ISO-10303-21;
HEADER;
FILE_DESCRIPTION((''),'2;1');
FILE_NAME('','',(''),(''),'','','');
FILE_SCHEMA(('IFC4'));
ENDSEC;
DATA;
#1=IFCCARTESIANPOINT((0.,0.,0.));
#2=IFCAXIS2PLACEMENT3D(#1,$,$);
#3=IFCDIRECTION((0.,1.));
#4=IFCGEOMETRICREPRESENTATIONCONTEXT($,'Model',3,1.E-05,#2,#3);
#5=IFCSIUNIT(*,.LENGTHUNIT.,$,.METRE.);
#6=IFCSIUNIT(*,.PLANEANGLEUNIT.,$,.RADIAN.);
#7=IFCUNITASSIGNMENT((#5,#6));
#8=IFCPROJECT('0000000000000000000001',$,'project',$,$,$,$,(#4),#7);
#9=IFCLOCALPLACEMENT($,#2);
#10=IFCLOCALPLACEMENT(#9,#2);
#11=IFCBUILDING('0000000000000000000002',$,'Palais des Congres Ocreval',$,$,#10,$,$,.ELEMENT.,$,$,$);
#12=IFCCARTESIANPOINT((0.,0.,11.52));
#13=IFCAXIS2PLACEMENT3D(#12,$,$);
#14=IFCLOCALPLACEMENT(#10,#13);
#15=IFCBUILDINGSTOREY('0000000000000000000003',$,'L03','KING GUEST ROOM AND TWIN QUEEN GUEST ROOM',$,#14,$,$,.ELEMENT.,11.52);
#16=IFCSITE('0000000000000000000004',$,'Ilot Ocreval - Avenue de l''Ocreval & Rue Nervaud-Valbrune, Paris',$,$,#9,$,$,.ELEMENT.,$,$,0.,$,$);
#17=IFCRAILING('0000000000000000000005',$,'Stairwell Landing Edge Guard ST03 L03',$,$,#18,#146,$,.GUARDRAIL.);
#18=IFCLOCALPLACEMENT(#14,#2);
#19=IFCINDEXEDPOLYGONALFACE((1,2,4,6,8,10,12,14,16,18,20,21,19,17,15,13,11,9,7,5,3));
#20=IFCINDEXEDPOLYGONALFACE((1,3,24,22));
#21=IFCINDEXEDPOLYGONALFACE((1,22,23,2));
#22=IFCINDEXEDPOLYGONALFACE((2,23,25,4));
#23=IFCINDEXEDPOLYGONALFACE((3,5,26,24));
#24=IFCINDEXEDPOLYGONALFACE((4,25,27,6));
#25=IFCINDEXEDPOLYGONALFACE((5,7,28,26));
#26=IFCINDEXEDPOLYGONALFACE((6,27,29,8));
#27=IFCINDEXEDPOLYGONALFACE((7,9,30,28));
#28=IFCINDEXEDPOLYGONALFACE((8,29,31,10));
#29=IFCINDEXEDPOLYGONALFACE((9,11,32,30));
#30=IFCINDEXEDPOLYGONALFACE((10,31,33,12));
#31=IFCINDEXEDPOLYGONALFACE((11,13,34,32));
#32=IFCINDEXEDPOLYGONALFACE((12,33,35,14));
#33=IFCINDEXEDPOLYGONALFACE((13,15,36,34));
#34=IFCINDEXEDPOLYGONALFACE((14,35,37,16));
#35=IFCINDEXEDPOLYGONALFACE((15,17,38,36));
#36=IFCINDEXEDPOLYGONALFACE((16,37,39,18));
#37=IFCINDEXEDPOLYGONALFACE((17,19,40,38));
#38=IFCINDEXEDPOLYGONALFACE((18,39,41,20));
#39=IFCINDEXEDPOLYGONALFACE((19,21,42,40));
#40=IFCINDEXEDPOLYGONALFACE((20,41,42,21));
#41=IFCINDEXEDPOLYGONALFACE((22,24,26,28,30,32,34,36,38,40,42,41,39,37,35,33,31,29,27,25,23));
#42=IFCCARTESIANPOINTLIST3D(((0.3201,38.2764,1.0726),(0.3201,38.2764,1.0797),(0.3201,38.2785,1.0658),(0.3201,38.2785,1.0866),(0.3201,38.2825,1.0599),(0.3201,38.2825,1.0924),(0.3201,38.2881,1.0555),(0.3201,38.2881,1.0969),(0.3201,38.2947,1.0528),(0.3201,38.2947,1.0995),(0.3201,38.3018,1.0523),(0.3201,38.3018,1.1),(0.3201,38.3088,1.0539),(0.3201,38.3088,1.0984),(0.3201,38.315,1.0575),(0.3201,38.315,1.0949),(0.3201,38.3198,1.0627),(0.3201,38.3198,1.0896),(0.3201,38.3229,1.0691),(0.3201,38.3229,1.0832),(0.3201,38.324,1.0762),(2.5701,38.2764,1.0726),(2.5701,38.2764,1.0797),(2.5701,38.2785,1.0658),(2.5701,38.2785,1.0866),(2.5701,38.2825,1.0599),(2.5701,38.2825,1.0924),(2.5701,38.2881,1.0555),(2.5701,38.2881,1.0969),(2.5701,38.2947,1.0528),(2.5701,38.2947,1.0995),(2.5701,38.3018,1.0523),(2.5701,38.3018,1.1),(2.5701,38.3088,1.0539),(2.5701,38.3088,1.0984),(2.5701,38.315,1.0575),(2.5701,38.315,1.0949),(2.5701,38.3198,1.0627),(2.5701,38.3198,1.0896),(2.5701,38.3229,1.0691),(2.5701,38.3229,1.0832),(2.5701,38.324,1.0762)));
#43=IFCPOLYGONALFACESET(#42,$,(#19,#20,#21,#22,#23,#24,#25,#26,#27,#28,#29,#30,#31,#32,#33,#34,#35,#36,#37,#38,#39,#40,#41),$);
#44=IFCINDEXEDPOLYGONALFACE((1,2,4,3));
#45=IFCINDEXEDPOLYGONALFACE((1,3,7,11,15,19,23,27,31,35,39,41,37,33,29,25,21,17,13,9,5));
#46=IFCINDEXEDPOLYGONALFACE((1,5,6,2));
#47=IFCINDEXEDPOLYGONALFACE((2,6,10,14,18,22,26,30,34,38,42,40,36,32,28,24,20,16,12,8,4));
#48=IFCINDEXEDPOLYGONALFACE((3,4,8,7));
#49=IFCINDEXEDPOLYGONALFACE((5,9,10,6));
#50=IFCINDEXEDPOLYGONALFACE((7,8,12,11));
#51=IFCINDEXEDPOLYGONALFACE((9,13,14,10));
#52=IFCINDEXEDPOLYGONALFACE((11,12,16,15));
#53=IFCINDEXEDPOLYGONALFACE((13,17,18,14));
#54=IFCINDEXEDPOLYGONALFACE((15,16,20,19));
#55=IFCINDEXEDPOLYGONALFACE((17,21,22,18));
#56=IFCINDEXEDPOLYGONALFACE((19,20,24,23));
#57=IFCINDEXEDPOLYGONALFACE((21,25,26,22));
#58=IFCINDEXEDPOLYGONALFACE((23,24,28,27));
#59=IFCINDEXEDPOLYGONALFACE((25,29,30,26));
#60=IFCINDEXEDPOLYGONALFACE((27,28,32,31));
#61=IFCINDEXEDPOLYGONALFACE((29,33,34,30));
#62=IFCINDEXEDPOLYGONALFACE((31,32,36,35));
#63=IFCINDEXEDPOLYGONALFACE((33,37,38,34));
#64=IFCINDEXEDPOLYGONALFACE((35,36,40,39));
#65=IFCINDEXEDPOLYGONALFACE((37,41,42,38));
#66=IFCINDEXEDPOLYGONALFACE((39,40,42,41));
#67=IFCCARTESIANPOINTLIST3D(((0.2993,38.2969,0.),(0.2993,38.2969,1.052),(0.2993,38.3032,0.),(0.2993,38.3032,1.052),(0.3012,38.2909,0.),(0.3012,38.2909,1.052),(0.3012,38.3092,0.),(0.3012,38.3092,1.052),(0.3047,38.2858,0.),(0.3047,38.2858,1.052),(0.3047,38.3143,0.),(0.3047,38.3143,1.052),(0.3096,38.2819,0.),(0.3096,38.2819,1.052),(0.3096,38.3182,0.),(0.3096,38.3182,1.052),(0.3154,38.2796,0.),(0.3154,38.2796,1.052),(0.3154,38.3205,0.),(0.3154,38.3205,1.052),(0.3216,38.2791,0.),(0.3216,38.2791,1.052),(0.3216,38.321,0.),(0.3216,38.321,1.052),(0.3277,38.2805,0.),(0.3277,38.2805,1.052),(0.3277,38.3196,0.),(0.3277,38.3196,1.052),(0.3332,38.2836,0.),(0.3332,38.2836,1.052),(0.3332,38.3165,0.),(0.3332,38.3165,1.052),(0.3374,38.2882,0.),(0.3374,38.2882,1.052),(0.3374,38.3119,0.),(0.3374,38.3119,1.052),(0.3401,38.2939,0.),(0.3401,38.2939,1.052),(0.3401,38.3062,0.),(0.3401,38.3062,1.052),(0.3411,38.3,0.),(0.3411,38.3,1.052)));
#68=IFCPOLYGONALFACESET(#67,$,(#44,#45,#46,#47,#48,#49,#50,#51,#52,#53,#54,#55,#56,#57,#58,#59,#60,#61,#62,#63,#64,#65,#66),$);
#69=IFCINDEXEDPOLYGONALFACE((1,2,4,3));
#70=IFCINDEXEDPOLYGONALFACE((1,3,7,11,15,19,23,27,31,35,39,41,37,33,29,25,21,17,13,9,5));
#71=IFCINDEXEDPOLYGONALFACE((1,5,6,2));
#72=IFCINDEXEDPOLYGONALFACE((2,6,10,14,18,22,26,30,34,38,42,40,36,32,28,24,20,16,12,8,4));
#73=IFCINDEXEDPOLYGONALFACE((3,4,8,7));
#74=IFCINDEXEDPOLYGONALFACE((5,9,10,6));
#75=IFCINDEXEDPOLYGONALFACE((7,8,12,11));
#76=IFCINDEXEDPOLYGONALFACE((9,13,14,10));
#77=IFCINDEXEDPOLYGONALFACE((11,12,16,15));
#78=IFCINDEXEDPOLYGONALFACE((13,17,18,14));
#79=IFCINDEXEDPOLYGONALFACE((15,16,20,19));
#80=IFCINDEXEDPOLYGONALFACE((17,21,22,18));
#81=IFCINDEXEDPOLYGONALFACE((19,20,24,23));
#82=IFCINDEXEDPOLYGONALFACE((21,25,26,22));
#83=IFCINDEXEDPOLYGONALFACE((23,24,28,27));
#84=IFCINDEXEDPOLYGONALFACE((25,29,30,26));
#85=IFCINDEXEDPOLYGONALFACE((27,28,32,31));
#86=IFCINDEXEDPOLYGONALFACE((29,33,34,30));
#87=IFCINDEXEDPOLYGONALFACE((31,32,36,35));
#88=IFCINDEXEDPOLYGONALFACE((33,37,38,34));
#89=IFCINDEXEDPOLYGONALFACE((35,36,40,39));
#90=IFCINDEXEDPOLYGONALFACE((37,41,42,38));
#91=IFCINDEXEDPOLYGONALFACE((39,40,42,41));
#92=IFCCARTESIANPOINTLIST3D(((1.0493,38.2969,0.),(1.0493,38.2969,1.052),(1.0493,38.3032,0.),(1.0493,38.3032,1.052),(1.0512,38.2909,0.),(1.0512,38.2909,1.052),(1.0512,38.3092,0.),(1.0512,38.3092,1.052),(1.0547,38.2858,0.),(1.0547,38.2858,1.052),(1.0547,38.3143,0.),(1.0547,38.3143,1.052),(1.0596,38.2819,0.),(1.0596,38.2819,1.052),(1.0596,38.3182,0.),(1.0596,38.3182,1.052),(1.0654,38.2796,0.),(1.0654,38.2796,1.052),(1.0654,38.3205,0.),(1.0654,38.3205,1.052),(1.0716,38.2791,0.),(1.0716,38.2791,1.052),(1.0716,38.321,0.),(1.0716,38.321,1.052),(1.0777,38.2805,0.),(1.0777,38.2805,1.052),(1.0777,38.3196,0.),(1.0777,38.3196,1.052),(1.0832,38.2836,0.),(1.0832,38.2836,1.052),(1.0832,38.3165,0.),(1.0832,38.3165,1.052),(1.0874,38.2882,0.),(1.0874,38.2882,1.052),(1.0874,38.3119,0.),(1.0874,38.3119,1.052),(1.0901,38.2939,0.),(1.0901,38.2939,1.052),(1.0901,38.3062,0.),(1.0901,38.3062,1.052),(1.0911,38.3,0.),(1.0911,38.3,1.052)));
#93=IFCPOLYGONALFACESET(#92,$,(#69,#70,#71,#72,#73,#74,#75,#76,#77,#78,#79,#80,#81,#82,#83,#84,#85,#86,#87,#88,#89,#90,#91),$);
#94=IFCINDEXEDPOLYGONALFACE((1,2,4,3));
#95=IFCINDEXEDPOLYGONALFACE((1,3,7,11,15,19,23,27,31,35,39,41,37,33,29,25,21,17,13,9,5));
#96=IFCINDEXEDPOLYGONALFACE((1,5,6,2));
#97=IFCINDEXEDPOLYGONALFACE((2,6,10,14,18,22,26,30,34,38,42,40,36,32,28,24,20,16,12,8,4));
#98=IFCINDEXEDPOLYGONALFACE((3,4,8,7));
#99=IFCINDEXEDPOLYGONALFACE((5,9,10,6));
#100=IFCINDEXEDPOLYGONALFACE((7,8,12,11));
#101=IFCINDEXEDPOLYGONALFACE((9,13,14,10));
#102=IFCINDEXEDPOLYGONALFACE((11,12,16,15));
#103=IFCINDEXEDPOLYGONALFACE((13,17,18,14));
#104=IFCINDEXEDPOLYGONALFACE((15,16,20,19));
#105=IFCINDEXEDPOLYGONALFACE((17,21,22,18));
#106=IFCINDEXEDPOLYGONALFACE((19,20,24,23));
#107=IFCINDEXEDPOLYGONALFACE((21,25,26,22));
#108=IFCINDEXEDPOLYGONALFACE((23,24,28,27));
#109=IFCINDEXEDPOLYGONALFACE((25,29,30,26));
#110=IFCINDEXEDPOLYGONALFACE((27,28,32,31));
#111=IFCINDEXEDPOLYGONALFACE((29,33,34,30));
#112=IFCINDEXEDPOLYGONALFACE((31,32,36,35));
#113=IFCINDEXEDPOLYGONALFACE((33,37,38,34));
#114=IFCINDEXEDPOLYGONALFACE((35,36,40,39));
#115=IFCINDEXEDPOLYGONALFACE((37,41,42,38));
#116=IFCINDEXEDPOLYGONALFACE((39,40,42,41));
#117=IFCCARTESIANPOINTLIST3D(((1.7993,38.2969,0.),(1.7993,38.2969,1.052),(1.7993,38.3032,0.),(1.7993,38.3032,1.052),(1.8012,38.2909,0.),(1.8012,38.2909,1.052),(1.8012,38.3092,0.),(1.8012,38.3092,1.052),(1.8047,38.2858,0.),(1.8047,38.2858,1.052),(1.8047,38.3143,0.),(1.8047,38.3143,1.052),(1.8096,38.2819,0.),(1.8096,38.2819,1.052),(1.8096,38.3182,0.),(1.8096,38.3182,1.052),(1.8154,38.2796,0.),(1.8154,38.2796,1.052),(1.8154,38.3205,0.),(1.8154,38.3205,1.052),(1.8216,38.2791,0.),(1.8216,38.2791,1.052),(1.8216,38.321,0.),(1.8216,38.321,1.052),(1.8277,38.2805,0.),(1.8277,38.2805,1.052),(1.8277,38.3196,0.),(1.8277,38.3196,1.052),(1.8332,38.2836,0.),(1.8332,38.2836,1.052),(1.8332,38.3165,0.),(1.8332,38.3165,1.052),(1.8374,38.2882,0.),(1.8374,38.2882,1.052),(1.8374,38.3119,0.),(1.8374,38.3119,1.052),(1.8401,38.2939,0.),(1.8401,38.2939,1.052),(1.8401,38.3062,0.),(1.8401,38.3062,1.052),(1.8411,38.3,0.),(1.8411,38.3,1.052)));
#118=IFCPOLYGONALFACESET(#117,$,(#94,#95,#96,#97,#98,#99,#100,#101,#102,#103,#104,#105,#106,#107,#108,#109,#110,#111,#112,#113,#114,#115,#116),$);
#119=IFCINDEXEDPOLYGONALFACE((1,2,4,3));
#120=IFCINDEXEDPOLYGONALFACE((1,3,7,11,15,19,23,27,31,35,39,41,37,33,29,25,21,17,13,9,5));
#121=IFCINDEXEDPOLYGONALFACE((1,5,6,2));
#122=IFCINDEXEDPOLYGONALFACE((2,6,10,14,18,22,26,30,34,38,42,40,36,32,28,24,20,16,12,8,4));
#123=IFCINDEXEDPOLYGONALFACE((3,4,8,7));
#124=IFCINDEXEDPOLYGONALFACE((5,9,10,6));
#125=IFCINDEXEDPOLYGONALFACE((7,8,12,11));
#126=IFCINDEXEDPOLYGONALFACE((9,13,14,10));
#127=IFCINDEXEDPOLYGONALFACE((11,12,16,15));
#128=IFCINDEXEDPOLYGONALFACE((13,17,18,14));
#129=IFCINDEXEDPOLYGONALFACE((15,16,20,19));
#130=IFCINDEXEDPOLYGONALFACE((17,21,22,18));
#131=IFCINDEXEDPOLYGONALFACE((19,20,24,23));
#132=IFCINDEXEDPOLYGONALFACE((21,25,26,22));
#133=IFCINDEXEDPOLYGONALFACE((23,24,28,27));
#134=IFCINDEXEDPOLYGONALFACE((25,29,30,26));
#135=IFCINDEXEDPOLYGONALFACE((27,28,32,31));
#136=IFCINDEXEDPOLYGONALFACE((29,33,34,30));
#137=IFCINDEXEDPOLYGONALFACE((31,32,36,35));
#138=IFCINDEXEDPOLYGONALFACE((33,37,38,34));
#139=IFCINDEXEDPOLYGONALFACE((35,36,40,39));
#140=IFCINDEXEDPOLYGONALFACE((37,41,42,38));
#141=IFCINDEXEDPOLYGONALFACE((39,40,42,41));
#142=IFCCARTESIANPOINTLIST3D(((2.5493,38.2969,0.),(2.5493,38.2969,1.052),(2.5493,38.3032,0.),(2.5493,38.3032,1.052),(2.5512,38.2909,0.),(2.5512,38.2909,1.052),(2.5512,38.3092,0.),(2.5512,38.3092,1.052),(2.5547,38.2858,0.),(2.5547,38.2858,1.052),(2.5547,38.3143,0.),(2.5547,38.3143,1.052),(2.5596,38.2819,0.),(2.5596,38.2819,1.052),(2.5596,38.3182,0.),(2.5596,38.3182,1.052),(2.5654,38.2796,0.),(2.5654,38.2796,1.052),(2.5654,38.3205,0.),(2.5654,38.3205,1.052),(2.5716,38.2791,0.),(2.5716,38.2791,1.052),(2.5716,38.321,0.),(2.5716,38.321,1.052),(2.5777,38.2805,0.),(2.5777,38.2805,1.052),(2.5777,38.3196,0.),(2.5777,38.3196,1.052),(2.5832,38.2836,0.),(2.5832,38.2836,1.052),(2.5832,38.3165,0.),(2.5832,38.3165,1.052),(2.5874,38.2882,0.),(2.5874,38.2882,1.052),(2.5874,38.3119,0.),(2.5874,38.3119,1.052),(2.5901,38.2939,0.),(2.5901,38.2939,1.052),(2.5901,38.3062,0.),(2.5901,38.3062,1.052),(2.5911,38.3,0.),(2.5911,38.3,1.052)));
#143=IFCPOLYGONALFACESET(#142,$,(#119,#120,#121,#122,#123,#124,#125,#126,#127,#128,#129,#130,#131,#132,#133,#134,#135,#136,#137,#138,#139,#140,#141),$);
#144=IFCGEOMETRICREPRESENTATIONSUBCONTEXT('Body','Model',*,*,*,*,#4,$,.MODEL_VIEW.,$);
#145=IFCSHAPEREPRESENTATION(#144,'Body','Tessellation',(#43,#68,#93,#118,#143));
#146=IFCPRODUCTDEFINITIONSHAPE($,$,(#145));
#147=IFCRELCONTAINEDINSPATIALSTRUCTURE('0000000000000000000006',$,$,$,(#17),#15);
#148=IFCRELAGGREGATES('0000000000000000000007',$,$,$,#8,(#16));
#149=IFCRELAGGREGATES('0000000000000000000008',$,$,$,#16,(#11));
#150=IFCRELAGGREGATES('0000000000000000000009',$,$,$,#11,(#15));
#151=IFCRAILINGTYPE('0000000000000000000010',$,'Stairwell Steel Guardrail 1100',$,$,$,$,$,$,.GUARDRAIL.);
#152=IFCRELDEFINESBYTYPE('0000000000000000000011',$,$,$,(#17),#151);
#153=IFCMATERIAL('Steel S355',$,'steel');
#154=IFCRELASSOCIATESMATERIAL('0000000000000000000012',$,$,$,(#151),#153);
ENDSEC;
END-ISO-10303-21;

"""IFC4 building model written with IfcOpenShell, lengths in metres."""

from ifc_helpers import new_model, si_unit, direction, frame, origin, origin_2d, place, context, subcontext, project, spatial, circle, extrude, material, type_object, element, save


model = new_model("IFC4")

# Units and contexts
model_context = context("Model", 3, precision=1e-05, world=origin(), true_north=direction((0.0, 1.0)))
body_context = subcontext(model_context, "Body", "Model", "MODEL_VIEW")
ifc_project = project(units=[si_unit("LENGTHUNIT", "METRE"), si_unit("PLANEANGLEUNIT", "RADIAN")], contexts=[model_context])

# Site, building, storey
site_placement = place(None, origin())
site = spatial("IfcSite", under=ifc_project, at=site_placement, Name="Ilot Ocreval - Avenue de l'Ocreval & Rue Nervaud-Valbrune, Paris", CompositionType="ELEMENT", RefElevation=0.0)
building_placement = place(site_placement, origin())
building = spatial("IfcBuilding", under=site, at=building_placement, Name="Palais des Congres Ocreval", CompositionType="ELEMENT")
storey_placement = place(building_placement, frame((0.0, 0.0, 11.52)))
storey = spatial("IfcBuildingStorey", under=building, at=storey_placement, Name="L03", Description="KING GUEST ROOM AND TWIN QUEEN GUEST ROOM", CompositionType="ELEMENT", Elevation=11.52)

# Shared definitions
ifc_material_1 = material(Name="Steel S355", Category="steel")

# Railing
railing_type_1 = type_object("IfcRailingType", Name="Stairwell Steel Guardrail 1100", PredefinedType="GUARDRAIL", material=ifc_material_1)
railing_1_placement = place(storey_placement, frame((0.3201, 38.3, 0.0)))
element("IfcRailing", 1, at=railing_1_placement, inside=storey, type_object=railing_type_1, Name="Stairwell Landing Edge Guard ST03 L03", PredefinedType="GUARDRAIL", context=body_context, shape_type="SweptSolid", body=[
    extrude(circle(Radius=0.0239, at=origin_2d()), frame((0.0, 0.0, 1.0762), z_axis=(1.0, 0.0, 0.0), x_axis=(0.0, 1.0, 0.0)), (0.0, 0.0, 1.0), 2.25),
    extrude(circle(Radius=0.021, at=origin_2d()), origin(), (0.0, 0.0, 1.0), 1.052),
    extrude(circle(Radius=0.021, at=origin_2d()), frame((0.75, 0.0, 0.0)), (0.0, 0.0, 1.0), 1.052),
    extrude(circle(Radius=0.021, at=origin_2d()), frame((1.5, 0.0, 0.0)), (0.0, 0.0, 1.0), 1.052),
    extrude(circle(Radius=0.021, at=origin_2d()), frame((2.25, 0.0, 0.0)), (0.0, 0.0, 1.0), 1.052),
])

save(model, "model.ifc")
